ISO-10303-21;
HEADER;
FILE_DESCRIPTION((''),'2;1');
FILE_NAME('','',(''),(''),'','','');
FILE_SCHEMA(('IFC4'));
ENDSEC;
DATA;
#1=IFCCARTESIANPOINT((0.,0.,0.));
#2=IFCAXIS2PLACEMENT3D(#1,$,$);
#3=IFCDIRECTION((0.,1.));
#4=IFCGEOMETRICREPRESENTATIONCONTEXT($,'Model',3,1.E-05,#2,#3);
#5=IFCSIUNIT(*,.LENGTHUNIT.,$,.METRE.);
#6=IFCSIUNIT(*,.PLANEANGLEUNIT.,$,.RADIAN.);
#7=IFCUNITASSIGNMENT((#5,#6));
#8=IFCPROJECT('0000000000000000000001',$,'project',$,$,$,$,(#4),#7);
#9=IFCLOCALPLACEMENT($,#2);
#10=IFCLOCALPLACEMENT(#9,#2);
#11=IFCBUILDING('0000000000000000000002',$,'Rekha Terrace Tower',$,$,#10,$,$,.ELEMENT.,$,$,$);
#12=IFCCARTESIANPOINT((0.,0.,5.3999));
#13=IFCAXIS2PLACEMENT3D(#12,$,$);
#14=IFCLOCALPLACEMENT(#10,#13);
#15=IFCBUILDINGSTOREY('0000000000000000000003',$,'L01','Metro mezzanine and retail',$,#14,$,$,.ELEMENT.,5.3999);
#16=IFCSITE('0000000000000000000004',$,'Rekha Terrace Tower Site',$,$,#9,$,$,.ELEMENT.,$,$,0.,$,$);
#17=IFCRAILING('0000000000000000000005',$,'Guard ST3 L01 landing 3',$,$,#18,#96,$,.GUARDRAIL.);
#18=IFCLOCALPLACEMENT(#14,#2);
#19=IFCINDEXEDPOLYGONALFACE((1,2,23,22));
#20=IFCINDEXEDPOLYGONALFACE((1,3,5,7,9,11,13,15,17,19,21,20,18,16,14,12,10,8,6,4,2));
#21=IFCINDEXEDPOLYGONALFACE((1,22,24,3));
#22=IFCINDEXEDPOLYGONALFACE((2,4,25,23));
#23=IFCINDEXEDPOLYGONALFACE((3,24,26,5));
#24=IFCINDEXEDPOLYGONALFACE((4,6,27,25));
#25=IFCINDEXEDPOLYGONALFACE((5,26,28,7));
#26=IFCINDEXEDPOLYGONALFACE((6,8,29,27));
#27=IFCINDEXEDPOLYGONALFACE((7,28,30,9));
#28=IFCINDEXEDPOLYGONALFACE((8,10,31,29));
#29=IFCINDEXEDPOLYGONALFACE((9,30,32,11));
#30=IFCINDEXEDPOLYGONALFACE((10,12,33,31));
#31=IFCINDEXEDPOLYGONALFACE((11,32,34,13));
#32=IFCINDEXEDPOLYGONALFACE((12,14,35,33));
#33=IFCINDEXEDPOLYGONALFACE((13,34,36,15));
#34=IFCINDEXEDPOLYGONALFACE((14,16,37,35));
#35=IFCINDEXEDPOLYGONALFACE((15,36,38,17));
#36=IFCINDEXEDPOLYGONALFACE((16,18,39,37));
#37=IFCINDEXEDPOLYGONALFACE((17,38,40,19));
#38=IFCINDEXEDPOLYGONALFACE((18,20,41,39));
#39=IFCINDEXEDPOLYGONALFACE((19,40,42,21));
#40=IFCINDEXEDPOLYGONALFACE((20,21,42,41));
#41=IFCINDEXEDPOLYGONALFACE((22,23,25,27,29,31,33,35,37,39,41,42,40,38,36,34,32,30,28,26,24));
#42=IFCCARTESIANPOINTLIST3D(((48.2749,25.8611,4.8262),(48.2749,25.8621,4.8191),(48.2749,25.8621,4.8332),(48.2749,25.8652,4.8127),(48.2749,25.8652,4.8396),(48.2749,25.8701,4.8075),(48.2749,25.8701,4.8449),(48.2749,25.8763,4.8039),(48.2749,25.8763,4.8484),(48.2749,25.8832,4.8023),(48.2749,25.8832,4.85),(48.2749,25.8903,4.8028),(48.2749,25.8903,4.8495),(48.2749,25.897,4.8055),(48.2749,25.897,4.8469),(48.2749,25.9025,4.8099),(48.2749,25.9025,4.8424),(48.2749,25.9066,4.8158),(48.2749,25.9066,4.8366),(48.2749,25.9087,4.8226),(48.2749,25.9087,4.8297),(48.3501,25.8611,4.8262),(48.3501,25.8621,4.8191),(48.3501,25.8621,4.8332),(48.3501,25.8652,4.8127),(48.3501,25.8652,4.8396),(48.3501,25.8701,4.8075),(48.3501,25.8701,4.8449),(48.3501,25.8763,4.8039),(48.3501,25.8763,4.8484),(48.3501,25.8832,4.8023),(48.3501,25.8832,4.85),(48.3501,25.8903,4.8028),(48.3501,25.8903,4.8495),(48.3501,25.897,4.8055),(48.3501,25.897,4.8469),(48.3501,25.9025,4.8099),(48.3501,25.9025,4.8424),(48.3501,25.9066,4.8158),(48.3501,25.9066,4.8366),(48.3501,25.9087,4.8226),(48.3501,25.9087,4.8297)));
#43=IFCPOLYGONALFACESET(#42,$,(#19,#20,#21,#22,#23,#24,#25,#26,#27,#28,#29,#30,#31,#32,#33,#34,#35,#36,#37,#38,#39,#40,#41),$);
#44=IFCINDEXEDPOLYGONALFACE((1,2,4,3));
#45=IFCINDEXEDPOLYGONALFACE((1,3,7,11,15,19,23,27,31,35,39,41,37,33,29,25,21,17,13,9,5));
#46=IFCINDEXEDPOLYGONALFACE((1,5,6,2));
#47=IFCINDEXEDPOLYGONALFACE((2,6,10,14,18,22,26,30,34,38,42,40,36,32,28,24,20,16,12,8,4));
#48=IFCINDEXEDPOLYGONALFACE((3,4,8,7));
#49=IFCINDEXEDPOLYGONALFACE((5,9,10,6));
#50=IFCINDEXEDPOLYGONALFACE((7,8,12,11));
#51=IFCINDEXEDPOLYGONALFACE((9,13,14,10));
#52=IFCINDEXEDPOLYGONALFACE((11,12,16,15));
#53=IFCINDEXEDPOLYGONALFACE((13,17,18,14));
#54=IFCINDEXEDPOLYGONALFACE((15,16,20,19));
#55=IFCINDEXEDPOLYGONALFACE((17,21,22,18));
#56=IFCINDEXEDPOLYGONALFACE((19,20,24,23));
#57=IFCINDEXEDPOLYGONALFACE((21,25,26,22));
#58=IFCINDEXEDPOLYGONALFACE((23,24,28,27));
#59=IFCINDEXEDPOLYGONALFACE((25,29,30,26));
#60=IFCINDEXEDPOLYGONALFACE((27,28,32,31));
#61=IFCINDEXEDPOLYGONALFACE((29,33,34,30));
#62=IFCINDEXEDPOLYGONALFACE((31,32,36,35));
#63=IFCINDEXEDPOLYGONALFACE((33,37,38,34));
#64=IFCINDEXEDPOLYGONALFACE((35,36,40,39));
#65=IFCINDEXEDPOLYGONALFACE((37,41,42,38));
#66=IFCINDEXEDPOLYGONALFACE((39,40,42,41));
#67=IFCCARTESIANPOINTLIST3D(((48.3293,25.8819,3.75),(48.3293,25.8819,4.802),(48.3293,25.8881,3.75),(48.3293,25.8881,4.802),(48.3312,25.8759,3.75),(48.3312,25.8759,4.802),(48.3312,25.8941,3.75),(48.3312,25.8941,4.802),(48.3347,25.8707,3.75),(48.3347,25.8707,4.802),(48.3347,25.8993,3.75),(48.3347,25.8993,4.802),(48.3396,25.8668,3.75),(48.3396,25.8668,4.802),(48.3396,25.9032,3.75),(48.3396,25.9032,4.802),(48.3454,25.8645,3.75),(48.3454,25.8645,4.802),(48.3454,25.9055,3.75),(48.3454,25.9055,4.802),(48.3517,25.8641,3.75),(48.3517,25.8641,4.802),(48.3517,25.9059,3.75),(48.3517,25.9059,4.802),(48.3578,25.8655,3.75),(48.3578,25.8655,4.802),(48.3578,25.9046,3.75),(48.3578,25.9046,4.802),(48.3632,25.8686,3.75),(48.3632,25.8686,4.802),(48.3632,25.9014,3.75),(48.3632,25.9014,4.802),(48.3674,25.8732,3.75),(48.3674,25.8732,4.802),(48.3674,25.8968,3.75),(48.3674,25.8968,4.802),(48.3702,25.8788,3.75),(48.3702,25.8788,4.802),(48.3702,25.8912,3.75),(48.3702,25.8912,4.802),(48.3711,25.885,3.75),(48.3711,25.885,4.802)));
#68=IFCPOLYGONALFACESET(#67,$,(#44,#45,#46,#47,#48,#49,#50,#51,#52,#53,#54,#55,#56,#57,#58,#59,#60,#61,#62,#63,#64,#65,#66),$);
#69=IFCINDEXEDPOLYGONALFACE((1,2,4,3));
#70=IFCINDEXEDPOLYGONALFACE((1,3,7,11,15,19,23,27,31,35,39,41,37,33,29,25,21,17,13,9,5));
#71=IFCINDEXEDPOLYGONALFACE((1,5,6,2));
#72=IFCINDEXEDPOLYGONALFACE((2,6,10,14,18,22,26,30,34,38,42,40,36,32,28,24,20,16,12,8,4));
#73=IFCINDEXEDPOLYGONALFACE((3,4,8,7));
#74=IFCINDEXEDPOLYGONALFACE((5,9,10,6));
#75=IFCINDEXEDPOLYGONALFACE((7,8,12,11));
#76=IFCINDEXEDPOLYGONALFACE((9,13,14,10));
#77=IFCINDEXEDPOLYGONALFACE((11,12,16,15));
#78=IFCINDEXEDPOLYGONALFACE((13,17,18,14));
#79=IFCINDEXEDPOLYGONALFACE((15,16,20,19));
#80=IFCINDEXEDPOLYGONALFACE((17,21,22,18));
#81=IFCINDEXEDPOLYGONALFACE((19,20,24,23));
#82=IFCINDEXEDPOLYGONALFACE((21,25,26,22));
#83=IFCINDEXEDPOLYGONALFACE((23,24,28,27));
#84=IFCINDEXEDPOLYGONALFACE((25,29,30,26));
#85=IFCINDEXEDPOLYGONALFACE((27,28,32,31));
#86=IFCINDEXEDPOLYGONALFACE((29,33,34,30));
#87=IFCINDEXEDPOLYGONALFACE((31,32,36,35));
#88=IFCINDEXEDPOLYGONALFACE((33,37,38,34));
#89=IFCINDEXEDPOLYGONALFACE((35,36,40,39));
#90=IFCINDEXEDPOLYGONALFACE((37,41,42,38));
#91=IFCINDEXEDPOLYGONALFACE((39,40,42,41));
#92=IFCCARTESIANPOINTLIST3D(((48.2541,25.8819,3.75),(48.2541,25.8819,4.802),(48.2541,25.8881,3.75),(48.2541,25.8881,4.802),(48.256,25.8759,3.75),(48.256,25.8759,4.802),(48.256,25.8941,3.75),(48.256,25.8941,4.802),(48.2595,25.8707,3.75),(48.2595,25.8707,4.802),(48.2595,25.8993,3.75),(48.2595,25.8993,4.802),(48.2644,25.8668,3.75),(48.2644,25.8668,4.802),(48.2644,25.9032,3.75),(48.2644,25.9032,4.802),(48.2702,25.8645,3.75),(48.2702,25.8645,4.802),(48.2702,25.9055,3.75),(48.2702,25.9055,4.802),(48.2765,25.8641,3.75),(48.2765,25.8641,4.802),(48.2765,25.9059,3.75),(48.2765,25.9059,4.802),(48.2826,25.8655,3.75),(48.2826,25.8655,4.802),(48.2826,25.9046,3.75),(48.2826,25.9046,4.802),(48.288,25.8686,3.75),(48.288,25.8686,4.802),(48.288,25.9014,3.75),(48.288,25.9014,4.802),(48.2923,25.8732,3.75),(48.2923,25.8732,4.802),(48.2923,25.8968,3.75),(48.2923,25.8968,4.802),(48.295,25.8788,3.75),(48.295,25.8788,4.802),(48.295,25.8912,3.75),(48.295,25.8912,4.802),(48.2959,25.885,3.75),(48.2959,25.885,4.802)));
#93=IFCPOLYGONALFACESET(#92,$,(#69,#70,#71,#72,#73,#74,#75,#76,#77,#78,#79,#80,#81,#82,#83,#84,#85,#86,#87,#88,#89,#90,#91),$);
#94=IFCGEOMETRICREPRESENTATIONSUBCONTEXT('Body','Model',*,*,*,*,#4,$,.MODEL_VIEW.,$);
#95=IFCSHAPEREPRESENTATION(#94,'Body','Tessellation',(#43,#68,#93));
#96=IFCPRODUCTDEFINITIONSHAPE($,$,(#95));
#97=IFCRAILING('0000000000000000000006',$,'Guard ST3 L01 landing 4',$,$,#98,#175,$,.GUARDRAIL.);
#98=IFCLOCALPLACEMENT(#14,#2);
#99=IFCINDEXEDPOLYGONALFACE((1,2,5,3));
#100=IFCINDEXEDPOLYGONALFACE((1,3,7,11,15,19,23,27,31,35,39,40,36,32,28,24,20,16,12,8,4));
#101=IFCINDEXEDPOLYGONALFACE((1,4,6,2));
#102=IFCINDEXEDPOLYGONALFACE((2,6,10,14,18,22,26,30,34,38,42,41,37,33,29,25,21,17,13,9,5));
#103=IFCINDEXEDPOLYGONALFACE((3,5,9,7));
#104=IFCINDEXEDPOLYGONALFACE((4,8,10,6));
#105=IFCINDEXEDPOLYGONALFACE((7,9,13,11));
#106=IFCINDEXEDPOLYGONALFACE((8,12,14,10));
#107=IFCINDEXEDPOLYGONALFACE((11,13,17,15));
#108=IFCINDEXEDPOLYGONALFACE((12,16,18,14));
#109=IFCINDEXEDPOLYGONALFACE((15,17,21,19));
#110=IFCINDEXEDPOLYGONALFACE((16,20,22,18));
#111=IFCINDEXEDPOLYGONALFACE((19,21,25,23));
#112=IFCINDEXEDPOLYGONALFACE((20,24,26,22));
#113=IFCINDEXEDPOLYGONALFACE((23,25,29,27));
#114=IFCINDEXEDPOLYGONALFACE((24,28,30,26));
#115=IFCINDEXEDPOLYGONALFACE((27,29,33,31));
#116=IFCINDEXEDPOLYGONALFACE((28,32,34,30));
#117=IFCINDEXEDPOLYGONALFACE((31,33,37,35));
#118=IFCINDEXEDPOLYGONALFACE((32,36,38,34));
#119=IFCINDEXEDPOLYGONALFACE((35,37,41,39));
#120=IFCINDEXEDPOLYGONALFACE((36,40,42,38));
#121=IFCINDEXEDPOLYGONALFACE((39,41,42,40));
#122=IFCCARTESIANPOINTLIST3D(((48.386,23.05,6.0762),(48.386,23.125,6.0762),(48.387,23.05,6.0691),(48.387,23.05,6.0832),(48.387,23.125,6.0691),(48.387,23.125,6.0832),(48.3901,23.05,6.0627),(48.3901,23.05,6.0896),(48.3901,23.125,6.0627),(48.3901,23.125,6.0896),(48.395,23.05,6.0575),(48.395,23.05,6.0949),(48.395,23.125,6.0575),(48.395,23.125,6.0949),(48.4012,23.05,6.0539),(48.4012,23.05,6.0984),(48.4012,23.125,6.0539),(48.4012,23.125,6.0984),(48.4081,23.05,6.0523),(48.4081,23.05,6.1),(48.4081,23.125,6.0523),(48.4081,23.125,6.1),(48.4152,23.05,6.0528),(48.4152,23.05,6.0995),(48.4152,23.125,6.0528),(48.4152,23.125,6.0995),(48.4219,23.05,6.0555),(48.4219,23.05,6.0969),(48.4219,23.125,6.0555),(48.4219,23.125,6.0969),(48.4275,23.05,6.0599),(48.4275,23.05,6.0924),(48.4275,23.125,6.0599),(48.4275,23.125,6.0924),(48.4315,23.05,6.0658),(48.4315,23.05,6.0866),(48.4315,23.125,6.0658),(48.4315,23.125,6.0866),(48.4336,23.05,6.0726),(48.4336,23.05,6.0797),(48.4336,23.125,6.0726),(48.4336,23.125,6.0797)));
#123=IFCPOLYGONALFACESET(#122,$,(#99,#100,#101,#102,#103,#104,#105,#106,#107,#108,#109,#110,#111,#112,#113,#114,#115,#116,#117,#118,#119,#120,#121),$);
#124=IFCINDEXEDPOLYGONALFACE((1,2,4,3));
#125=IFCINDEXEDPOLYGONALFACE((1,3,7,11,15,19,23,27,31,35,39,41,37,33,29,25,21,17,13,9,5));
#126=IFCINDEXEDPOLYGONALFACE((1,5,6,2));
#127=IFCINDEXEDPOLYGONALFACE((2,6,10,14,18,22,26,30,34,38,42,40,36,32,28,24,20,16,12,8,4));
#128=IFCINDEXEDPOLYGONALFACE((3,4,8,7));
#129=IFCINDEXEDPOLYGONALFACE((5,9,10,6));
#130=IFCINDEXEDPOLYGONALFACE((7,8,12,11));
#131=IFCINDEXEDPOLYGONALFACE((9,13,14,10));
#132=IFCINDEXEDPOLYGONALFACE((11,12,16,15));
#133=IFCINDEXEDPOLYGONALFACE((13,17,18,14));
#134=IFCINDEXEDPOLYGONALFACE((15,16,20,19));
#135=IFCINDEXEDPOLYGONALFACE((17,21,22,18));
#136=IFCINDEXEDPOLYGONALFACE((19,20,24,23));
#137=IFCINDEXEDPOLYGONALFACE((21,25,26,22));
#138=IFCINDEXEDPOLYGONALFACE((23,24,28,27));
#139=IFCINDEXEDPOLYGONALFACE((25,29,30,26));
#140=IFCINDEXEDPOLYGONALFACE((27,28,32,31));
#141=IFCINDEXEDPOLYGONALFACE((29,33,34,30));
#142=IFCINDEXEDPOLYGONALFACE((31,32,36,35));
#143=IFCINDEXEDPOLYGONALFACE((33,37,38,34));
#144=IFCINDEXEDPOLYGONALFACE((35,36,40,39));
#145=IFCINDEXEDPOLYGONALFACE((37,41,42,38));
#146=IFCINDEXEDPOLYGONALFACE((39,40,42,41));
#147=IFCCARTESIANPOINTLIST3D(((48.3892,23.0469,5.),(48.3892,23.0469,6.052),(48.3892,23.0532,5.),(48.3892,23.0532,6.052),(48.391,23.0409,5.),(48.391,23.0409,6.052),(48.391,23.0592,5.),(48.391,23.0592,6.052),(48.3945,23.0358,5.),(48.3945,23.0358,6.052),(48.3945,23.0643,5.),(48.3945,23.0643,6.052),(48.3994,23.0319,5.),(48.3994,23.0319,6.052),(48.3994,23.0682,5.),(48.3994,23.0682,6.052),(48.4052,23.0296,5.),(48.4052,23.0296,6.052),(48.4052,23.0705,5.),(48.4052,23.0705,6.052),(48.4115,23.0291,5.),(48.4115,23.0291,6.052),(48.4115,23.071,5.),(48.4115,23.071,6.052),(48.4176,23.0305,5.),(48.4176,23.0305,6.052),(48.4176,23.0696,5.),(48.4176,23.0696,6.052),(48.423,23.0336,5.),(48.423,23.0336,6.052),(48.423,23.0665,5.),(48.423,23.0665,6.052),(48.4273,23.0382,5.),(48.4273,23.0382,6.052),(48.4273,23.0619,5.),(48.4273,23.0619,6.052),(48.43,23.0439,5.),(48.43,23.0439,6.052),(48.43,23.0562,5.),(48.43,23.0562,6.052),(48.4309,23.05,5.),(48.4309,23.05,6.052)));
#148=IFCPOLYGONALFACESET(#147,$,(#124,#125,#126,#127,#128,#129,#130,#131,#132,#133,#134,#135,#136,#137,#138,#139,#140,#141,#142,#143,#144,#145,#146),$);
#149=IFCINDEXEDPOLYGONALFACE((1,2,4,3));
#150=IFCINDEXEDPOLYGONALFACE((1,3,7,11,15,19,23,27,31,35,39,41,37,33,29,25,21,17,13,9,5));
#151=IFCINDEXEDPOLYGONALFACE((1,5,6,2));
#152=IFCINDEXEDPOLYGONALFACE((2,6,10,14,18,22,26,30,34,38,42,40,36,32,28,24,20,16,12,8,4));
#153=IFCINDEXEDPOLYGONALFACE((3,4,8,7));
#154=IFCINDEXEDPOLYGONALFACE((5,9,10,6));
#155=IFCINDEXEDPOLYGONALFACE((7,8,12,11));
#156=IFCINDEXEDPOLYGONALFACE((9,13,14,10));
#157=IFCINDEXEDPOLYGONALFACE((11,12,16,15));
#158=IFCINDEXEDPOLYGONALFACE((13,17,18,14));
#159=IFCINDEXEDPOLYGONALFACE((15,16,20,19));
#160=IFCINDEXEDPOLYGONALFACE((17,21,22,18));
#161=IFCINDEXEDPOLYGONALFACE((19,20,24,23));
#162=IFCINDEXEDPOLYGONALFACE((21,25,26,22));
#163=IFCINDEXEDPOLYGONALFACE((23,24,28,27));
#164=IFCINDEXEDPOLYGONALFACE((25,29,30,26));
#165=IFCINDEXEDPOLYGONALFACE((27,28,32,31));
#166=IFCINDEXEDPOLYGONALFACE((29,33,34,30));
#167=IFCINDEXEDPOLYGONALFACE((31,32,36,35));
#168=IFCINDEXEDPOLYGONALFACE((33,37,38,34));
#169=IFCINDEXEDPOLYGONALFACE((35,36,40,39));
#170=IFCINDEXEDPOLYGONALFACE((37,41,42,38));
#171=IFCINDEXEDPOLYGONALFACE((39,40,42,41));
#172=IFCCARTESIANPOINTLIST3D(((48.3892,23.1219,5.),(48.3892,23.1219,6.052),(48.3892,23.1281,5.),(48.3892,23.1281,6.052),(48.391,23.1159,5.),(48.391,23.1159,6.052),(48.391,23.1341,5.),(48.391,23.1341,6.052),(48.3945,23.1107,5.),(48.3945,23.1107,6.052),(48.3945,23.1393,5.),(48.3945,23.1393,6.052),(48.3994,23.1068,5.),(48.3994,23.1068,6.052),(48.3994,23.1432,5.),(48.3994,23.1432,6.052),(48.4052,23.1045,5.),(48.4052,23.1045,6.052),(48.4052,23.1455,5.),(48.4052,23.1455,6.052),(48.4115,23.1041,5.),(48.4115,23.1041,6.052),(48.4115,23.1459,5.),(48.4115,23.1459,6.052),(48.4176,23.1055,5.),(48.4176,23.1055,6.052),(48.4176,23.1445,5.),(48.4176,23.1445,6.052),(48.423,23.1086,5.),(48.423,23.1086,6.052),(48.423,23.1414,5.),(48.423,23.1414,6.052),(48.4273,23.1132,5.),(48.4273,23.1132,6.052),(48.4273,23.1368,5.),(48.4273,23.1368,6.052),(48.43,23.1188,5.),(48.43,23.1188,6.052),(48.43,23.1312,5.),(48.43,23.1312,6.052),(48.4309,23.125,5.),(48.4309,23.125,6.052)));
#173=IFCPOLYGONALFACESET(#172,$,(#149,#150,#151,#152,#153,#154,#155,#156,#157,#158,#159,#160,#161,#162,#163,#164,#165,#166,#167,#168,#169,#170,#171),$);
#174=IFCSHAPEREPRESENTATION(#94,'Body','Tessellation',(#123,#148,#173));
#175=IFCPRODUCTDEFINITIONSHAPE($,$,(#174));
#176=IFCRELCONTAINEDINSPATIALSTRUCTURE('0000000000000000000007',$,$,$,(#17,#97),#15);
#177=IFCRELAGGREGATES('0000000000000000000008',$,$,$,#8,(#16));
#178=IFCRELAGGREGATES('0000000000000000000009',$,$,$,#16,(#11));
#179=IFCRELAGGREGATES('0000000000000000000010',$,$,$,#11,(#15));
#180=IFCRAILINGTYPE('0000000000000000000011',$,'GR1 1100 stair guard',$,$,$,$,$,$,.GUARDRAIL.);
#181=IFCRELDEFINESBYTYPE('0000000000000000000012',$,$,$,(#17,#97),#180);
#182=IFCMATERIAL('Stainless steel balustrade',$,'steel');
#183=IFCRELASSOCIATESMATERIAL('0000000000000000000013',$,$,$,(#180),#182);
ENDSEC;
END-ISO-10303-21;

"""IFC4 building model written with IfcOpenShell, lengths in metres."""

from ifc_helpers import new_model, si_unit, direction, frame, origin, origin_2d, place, context, subcontext, project, spatial, circle, extrude, material, type_object, element, save


model = new_model("IFC4")

# Units and contexts
model_context = context("Model", 3, precision=1e-05, world=origin(), true_north=direction((0.0, 1.0)))
body_context = subcontext(model_context, "Body", "Model", "MODEL_VIEW")
ifc_project = project(units=[si_unit("LENGTHUNIT", "METRE"), si_unit("PLANEANGLEUNIT", "RADIAN")], contexts=[model_context])

# Site, building, storey
site_placement = place(None, origin())
site = spatial("IfcSite", under=ifc_project, at=site_placement, Name="Rekha Terrace Tower Site", CompositionType="ELEMENT", RefElevation=0.0)
building_placement = place(site_placement, origin())
building = spatial("IfcBuilding", under=site, at=building_placement, Name="Rekha Terrace Tower", CompositionType="ELEMENT")
storey_placement = place(building_placement, frame((0.0, 0.0, 5.3999)))
storey = spatial("IfcBuildingStorey", under=building, at=storey_placement, Name="L01", Description="Metro mezzanine and retail", CompositionType="ELEMENT", Elevation=5.3999)

# Railings
ifc_material_1 = material(Name="Stainless steel balustrade", Category="steel")
railing_type_1 = type_object("IfcRailingType", Name="GR1 1100 stair guard", PredefinedType="GUARDRAIL", material=ifc_material_1)
railing_1_placement = place(storey_placement, frame((48.3501, 25.885, 3.75)))
element("IfcRailing", 1, at=railing_1_placement, inside=storey, type_object=railing_type_1, Name="Guard ST3 L01 landing 3", PredefinedType="GUARDRAIL", context=body_context, shape_type="SweptSolid", body=[
    extrude(circle(Radius=0.0239, at=origin_2d()), frame((0.0, 0.0, 1.0762), z_axis=(-1.0, 0.0, 0.0), x_axis=(0.0, -1.0, 0.0)), (0.0, 0.0, 1.0), 0.0752),
    extrude(circle(Radius=0.021, at=origin_2d()), origin(), (0.0, 0.0, 1.0), 1.052),
    extrude(circle(Radius=0.021, at=origin_2d()), frame((-0.0752, 0.0, 0.0)), (0.0, 0.0, 1.0), 1.052),
])
railing_2_placement = place(storey_placement, frame((48.4099, 23.05, 5.0)))
element("IfcRailing", 2, at=railing_2_placement, inside=storey, type_object=railing_type_1, Name="Guard ST3 L01 landing 4", PredefinedType="GUARDRAIL", context=body_context, shape_type="SweptSolid", body=[
    extrude(circle(Radius=0.0239, at=origin_2d()), frame((0.0, 0.0, 1.0762), z_axis=(0.0, 1.0, 0.0), x_axis=(-1.0, 0.0, 0.0)), (0.0, 0.0, 1.0), 0.075),
    extrude(circle(Radius=0.021, at=origin_2d()), origin(), (0.0, 0.0, 1.0), 1.052),
    extrude(circle(Radius=0.021, at=origin_2d()), frame((0.0, 0.075, 0.0)), (0.0, 0.0, 1.0), 1.052),
])

save(model, "model.ifc")
